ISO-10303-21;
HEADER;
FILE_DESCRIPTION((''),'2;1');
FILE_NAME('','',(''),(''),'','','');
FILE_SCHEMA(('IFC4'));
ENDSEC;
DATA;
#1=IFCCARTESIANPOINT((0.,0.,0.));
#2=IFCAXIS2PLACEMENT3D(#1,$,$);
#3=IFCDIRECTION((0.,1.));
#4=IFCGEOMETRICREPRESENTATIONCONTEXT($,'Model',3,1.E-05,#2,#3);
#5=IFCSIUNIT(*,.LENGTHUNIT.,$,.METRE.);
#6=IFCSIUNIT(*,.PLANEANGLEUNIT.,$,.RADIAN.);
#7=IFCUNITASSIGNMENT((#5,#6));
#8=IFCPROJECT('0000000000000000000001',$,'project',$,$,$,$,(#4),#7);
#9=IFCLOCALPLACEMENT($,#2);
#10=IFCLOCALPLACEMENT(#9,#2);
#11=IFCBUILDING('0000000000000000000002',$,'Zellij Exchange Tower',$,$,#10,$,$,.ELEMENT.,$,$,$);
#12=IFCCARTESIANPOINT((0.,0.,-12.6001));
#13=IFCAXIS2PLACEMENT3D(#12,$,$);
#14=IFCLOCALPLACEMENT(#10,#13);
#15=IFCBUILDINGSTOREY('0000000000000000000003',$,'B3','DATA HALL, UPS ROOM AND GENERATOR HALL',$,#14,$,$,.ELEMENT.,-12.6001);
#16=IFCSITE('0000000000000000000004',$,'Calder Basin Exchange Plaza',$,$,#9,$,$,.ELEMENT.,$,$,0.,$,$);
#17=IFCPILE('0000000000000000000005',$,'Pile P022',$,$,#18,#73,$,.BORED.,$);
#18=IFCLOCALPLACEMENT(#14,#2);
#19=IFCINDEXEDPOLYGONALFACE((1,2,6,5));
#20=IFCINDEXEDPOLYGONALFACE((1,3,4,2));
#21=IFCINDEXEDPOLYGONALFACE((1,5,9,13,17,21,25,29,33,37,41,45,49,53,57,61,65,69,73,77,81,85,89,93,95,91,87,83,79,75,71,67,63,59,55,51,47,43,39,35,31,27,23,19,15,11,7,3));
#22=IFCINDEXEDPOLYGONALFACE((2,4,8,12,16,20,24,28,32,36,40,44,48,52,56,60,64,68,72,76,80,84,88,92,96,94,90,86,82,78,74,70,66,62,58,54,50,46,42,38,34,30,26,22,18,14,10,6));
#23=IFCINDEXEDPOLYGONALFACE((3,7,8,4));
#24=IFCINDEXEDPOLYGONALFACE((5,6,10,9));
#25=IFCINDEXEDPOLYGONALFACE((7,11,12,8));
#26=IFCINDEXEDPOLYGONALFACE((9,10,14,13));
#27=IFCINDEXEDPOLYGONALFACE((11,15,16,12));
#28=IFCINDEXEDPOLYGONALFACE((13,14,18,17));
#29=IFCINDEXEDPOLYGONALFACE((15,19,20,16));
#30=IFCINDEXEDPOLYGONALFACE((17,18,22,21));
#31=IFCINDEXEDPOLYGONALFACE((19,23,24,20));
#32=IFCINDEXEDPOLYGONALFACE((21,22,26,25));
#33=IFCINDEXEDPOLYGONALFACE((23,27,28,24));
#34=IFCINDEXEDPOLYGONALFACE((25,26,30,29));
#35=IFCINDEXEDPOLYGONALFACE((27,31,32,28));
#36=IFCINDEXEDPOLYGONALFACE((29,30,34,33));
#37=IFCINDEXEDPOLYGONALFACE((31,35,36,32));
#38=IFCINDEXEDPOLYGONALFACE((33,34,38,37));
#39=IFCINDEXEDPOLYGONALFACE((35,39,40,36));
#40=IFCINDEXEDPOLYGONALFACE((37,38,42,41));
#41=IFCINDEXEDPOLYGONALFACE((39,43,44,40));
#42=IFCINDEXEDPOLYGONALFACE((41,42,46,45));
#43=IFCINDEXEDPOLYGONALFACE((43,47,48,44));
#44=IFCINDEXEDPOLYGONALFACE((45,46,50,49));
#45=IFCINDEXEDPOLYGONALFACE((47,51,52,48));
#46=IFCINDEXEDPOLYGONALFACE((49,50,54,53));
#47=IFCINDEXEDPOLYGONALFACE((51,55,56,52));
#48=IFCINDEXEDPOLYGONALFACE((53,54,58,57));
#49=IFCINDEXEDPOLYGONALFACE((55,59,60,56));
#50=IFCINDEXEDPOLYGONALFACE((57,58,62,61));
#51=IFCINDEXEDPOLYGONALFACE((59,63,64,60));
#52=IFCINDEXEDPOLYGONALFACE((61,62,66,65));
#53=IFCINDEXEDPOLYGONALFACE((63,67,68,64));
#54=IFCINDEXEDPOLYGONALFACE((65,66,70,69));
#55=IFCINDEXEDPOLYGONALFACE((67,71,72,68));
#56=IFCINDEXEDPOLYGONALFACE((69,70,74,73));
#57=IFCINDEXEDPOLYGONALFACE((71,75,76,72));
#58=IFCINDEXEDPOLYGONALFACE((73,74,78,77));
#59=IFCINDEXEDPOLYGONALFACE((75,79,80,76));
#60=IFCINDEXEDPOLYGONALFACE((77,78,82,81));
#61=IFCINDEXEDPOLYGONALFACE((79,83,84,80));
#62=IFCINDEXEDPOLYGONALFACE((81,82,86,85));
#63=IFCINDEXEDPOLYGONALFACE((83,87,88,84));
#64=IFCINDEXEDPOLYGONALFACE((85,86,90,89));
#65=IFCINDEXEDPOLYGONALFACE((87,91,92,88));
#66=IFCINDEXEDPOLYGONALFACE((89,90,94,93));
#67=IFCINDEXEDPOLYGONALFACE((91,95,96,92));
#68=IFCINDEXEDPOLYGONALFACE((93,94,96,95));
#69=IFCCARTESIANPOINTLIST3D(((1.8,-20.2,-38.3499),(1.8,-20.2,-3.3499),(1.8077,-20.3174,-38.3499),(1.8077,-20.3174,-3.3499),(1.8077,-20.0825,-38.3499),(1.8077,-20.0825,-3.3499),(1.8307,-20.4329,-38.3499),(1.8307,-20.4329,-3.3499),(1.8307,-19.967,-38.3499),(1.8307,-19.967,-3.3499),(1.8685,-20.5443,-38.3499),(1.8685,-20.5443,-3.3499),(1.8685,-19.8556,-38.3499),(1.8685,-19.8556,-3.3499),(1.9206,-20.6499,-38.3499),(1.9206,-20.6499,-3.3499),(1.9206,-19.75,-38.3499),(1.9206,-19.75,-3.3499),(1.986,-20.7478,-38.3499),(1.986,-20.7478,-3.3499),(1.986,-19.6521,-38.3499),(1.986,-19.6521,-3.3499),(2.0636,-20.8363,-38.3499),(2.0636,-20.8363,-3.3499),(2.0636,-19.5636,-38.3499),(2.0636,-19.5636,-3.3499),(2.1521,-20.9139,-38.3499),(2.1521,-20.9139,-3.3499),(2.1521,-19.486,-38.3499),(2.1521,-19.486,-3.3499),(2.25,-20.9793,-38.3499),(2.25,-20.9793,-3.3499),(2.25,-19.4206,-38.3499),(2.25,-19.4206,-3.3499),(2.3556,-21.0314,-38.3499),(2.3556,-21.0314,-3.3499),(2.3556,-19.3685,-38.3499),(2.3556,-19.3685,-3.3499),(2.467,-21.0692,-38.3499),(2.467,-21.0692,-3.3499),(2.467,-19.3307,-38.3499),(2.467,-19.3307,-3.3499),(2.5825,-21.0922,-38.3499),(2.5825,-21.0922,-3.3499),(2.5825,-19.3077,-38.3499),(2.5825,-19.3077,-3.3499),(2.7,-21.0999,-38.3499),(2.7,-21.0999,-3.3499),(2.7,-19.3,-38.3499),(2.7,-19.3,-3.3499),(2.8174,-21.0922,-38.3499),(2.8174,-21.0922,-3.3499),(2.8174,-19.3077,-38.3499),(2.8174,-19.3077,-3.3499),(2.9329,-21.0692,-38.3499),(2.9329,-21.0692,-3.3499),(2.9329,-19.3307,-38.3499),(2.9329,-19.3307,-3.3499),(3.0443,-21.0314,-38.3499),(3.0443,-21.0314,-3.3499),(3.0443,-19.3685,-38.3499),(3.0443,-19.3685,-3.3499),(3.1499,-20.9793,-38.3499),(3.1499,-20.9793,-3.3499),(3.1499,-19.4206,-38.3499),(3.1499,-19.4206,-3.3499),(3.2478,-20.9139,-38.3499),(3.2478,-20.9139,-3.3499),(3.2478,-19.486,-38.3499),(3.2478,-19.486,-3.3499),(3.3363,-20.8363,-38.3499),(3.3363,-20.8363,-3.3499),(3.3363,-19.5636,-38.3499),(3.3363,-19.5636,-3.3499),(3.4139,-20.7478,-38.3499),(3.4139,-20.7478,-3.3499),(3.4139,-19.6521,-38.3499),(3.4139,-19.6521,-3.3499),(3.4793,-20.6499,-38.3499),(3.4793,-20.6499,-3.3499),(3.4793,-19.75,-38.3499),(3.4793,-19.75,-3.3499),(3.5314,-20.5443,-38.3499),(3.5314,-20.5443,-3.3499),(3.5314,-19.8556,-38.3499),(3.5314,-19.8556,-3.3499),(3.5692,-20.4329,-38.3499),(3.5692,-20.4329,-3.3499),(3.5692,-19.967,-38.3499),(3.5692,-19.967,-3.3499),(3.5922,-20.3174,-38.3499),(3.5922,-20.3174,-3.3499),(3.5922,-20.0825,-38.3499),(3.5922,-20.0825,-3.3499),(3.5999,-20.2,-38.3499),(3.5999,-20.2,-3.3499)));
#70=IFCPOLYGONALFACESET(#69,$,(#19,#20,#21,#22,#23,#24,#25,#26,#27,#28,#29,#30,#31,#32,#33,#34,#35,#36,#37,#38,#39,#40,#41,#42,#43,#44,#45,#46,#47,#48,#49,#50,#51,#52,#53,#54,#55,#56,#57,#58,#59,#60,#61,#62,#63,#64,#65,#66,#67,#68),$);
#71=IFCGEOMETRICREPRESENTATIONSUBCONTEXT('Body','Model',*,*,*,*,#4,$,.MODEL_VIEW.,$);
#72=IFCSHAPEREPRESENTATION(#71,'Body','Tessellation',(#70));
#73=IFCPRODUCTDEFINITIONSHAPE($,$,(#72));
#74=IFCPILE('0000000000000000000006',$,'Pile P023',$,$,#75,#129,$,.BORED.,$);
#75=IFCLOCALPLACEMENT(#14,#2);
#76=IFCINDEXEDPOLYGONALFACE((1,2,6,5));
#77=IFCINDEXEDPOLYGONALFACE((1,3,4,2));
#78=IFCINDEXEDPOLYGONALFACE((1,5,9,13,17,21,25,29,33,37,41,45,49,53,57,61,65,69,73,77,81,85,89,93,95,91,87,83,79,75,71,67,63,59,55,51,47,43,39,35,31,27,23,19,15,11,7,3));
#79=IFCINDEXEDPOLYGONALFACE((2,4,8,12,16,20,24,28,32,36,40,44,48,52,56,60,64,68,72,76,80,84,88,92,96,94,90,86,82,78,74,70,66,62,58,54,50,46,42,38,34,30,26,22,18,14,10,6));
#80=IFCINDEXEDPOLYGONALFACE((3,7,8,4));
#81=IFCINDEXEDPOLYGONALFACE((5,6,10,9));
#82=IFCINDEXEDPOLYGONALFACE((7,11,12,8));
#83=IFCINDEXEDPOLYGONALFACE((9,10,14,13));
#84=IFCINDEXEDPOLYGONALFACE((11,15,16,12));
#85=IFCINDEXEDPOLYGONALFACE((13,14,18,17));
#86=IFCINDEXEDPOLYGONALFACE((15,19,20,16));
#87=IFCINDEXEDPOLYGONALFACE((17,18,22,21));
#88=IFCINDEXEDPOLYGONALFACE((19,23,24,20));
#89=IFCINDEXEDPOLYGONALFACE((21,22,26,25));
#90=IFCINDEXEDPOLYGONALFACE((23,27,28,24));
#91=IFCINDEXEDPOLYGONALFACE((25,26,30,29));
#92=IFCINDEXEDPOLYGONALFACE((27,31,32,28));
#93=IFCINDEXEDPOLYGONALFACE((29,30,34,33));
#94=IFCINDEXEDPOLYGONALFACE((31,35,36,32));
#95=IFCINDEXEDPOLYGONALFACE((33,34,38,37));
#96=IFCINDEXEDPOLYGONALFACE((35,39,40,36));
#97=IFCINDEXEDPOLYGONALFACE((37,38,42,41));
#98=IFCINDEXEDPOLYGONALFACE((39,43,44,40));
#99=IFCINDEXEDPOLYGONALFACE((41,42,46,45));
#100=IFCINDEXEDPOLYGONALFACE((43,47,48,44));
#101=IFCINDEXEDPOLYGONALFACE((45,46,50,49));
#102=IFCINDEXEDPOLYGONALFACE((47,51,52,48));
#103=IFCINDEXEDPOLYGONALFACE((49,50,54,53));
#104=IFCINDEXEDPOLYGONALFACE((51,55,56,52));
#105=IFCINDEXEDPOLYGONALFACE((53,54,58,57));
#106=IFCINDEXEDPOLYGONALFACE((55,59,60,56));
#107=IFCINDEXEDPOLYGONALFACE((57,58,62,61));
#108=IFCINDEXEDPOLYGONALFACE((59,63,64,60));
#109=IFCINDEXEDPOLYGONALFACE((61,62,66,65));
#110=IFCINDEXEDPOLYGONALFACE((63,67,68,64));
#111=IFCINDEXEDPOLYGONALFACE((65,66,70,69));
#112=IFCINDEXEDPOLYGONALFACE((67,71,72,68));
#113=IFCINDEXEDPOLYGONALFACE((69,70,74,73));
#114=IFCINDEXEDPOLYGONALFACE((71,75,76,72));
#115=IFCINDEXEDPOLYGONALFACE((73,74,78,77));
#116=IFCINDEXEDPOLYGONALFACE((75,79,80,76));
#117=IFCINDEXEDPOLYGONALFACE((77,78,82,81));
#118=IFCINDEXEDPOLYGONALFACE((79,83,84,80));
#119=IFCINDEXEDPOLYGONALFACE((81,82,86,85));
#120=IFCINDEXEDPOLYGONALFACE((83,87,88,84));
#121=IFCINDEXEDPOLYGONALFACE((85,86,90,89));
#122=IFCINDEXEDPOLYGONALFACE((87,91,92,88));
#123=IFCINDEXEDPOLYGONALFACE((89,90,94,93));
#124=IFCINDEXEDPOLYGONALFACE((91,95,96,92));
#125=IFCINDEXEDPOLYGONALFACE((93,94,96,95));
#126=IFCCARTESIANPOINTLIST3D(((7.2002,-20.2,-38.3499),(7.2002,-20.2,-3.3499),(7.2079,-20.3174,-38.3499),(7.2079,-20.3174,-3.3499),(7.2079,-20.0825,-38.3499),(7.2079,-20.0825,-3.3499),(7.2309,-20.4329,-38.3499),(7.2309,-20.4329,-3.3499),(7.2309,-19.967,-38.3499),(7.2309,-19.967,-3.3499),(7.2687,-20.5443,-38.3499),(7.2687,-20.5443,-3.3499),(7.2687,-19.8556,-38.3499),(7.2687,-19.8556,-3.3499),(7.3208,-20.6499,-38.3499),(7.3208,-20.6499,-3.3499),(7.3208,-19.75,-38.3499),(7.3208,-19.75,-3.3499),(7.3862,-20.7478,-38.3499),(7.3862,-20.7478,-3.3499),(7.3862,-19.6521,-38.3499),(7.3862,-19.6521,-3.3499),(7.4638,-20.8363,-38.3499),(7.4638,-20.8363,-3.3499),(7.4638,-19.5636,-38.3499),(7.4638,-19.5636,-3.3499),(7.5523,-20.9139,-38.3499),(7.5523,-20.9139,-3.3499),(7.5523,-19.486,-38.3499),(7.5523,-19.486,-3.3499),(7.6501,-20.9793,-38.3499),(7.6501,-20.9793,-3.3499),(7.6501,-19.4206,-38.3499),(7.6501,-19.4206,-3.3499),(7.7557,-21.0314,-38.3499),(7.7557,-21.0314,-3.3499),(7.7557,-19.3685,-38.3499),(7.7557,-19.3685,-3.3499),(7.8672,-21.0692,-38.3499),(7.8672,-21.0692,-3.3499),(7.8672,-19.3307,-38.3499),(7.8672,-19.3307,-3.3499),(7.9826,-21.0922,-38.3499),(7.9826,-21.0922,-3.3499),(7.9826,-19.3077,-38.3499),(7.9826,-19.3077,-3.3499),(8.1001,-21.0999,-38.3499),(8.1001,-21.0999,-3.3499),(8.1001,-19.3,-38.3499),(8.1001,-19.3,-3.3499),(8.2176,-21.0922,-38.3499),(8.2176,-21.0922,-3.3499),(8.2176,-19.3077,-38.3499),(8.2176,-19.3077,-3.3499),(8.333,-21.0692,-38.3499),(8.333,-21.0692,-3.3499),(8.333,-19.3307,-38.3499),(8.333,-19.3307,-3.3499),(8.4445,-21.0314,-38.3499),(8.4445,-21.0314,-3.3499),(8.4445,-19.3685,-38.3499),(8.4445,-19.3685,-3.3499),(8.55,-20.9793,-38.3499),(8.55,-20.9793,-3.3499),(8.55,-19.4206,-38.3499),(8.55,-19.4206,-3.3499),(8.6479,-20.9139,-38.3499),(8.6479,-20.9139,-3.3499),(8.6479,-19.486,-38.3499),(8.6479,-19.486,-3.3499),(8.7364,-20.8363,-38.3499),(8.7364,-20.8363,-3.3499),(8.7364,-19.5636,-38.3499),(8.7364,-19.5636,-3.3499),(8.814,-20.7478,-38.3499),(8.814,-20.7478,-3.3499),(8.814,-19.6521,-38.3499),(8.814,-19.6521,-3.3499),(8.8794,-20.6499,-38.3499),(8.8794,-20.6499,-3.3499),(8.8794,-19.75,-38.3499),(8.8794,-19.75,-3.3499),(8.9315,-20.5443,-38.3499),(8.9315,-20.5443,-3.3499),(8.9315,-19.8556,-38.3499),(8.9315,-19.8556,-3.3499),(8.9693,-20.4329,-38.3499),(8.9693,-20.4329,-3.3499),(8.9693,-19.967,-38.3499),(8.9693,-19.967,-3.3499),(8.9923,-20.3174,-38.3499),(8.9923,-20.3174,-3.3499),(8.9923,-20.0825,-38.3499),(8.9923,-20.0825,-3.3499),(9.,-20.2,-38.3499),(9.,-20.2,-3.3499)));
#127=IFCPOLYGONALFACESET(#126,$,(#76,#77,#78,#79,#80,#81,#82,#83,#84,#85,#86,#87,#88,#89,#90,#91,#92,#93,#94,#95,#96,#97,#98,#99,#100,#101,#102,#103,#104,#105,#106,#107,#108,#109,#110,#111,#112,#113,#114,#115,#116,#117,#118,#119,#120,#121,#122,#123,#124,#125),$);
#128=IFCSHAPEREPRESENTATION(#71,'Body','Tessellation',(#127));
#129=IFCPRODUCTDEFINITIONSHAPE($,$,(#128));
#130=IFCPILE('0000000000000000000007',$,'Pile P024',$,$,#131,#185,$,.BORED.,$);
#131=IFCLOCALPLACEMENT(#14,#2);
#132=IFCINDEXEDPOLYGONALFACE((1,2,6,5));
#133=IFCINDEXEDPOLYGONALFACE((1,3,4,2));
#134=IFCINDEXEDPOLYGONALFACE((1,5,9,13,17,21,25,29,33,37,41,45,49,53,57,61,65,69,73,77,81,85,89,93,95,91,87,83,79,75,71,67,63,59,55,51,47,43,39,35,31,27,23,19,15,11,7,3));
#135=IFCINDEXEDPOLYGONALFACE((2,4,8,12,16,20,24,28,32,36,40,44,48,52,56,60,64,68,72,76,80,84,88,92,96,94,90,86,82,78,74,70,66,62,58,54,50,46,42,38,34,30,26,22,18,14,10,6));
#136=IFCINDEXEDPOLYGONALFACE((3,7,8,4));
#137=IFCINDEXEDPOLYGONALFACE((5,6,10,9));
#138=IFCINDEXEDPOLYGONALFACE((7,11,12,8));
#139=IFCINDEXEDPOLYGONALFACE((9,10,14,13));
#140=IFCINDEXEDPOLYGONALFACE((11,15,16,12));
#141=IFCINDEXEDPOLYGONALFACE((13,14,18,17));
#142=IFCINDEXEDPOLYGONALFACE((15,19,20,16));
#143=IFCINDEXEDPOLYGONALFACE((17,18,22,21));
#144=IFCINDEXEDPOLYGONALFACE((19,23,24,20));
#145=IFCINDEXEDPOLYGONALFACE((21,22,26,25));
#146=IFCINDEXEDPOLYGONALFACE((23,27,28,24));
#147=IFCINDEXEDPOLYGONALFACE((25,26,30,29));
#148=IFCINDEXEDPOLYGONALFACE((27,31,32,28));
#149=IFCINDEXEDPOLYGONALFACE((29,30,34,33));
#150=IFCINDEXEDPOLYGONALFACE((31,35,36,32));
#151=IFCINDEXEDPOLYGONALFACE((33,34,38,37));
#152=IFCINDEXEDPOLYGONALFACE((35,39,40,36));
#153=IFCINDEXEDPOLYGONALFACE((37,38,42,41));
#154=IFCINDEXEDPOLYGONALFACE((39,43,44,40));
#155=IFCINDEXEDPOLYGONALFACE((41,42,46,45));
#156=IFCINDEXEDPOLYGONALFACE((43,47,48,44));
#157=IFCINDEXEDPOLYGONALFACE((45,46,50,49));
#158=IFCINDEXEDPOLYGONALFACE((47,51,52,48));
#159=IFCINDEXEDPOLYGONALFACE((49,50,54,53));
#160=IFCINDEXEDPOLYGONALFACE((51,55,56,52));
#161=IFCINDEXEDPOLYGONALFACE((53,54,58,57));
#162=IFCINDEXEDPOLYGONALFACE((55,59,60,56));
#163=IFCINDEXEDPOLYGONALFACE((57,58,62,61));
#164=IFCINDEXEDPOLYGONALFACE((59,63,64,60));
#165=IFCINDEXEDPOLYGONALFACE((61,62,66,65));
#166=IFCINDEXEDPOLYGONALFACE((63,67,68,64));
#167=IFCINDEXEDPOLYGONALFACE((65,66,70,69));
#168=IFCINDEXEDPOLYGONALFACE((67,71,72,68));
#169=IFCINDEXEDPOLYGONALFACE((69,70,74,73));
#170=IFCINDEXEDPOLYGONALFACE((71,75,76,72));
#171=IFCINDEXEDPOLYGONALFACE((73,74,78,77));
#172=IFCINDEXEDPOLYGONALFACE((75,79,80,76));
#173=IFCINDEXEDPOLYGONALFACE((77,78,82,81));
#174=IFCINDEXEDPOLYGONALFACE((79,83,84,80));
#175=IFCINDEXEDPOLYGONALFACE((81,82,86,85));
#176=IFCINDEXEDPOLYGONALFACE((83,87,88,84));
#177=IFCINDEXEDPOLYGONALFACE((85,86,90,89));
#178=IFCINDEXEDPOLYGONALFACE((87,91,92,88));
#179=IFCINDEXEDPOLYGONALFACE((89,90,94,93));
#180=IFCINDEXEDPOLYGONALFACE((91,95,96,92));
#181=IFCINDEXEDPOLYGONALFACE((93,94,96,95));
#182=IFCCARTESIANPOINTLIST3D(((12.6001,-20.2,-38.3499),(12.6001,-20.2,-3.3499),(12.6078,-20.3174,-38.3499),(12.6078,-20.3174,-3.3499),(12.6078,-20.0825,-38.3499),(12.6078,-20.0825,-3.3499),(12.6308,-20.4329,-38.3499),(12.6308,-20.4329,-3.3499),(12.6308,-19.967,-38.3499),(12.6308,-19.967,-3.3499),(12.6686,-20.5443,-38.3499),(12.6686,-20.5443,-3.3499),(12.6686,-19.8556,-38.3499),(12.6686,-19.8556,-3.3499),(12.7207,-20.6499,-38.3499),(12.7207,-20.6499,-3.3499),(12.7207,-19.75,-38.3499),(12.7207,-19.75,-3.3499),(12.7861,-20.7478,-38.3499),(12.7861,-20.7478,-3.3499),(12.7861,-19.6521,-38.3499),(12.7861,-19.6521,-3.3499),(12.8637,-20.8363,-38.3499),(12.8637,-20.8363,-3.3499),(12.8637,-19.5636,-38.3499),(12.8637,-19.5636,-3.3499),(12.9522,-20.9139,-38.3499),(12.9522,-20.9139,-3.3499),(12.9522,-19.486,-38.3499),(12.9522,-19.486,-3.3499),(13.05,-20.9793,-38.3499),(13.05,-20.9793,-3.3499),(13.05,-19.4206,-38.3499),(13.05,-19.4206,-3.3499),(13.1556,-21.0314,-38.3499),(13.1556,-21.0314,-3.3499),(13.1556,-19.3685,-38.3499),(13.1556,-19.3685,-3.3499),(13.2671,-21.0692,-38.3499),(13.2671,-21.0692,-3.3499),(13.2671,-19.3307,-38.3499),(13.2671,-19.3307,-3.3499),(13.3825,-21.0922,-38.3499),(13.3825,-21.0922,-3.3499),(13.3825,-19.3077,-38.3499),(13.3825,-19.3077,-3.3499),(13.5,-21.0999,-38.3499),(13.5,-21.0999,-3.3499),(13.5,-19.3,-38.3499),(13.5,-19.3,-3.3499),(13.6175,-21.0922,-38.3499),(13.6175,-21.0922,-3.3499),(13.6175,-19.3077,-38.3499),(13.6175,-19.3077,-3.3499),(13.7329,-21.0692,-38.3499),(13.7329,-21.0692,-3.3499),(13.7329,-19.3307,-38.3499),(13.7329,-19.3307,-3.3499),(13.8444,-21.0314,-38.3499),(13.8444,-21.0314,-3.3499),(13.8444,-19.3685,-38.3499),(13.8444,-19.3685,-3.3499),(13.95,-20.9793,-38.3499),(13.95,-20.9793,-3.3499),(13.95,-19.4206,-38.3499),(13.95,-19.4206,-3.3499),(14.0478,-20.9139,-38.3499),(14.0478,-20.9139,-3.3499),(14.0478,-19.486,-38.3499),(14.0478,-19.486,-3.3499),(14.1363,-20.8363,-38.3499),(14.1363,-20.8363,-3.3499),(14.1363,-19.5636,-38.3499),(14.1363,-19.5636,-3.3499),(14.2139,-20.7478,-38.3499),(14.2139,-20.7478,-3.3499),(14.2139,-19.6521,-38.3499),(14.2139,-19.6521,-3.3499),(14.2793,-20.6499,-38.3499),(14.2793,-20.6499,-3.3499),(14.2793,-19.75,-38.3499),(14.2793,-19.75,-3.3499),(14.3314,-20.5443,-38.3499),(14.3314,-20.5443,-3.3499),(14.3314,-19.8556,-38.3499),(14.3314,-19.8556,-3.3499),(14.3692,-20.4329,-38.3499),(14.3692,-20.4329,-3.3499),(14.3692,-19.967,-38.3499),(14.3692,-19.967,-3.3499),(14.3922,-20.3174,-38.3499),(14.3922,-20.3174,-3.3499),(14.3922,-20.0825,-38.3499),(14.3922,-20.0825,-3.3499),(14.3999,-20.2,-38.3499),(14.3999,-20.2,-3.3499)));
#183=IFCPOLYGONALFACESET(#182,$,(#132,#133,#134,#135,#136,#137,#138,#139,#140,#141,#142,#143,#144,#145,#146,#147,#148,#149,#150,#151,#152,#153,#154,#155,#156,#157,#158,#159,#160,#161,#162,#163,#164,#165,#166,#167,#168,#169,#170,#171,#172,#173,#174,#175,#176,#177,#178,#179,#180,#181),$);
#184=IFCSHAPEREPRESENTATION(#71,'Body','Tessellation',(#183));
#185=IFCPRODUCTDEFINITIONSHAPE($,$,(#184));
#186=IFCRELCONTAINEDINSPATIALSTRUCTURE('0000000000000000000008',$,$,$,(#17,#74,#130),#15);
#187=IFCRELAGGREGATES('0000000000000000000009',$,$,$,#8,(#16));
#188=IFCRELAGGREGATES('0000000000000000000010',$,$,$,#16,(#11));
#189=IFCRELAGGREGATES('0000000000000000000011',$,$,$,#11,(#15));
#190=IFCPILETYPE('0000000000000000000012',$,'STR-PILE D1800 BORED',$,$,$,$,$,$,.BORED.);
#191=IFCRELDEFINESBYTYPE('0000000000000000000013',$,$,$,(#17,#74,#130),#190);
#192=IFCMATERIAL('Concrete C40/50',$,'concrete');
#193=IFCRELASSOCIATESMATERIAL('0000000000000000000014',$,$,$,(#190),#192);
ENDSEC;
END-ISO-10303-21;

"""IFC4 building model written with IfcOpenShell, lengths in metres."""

from ifc_helpers import new_model, si_unit, direction, frame, origin, origin_2d, place, context, subcontext, project, spatial, circle, extrude, material, material_profile, profile_set, type_object, element, save


model = new_model("IFC4")

# Units and contexts
model_context = context("Model", 3, precision=1e-05, world=origin(), true_north=direction((0.0, 1.0)))
body_context = subcontext(model_context, "Body", "Model", "MODEL_VIEW")
ifc_project = project(units=[si_unit("LENGTHUNIT", "METRE"), si_unit("PLANEANGLEUNIT", "RADIAN")], contexts=[model_context])

# Site, building, storey
site_placement = place(None, origin())
site = spatial("IfcSite", under=ifc_project, at=site_placement, Name="Calder Basin Exchange Plaza", CompositionType="ELEMENT", RefElevation=0.0)
building_placement = place(site_placement, origin())
building = spatial("IfcBuilding", under=site, at=building_placement, Name="Zellij Exchange Tower", CompositionType="ELEMENT")
storey_placement = place(building_placement, frame((0.0, 0.0, -12.6001)))
storey = spatial("IfcBuildingStorey", under=building, at=storey_placement, Name="B3", Description="DATA HALL, UPS ROOM AND GENERATOR HALL", CompositionType="ELEMENT", Elevation=-12.6001)

# Piles
ifc_material_1 = material(Name="Concrete C40/50", Category="concrete")
ifc_material_profile_1 = material_profile(ifc_material_1, circle(Radius=0.8999, at=origin_2d()), Name="STR-PILE D1800 BORED")
ifc_profile_set_1 = profile_set([ifc_material_profile_1], Name="Concrete C40/50")
pile_type = type_object("IfcPileType", Name="STR-PILE D1800 BORED", PredefinedType="BORED", material=ifc_profile_set_1)
for number, where, z_axis, x_axis, name in (
    (1, (2.7, -20.2, -3.3499), (0.0, 0.0, -1.0), (1.0, 0.0, 0.0), "Pile P022"),
    (2, (8.1001, -20.2, -3.3499), (0.0, 0.0, -1.0), (1.0, 0.0, 0.0), "Pile P023"),
    (3, (13.5, -20.2, -3.3499), (0.0, 0.0, -1.0), (1.0, 0.0, 0.0), "Pile P024"),
):
    element("IfcPile", number, at=place(storey_placement, frame(where, z_axis=z_axis, x_axis=x_axis)), inside=storey, type_object=pile_type, Name=name, PredefinedType="BORED", context=body_context, shape_type="SweptSolid", body=[
        extrude(circle(Radius=0.8999, at=origin_2d()), origin(), (0.0, 0.0, 1.0), 35.0),
    ])

save(model, "model.ifc")
